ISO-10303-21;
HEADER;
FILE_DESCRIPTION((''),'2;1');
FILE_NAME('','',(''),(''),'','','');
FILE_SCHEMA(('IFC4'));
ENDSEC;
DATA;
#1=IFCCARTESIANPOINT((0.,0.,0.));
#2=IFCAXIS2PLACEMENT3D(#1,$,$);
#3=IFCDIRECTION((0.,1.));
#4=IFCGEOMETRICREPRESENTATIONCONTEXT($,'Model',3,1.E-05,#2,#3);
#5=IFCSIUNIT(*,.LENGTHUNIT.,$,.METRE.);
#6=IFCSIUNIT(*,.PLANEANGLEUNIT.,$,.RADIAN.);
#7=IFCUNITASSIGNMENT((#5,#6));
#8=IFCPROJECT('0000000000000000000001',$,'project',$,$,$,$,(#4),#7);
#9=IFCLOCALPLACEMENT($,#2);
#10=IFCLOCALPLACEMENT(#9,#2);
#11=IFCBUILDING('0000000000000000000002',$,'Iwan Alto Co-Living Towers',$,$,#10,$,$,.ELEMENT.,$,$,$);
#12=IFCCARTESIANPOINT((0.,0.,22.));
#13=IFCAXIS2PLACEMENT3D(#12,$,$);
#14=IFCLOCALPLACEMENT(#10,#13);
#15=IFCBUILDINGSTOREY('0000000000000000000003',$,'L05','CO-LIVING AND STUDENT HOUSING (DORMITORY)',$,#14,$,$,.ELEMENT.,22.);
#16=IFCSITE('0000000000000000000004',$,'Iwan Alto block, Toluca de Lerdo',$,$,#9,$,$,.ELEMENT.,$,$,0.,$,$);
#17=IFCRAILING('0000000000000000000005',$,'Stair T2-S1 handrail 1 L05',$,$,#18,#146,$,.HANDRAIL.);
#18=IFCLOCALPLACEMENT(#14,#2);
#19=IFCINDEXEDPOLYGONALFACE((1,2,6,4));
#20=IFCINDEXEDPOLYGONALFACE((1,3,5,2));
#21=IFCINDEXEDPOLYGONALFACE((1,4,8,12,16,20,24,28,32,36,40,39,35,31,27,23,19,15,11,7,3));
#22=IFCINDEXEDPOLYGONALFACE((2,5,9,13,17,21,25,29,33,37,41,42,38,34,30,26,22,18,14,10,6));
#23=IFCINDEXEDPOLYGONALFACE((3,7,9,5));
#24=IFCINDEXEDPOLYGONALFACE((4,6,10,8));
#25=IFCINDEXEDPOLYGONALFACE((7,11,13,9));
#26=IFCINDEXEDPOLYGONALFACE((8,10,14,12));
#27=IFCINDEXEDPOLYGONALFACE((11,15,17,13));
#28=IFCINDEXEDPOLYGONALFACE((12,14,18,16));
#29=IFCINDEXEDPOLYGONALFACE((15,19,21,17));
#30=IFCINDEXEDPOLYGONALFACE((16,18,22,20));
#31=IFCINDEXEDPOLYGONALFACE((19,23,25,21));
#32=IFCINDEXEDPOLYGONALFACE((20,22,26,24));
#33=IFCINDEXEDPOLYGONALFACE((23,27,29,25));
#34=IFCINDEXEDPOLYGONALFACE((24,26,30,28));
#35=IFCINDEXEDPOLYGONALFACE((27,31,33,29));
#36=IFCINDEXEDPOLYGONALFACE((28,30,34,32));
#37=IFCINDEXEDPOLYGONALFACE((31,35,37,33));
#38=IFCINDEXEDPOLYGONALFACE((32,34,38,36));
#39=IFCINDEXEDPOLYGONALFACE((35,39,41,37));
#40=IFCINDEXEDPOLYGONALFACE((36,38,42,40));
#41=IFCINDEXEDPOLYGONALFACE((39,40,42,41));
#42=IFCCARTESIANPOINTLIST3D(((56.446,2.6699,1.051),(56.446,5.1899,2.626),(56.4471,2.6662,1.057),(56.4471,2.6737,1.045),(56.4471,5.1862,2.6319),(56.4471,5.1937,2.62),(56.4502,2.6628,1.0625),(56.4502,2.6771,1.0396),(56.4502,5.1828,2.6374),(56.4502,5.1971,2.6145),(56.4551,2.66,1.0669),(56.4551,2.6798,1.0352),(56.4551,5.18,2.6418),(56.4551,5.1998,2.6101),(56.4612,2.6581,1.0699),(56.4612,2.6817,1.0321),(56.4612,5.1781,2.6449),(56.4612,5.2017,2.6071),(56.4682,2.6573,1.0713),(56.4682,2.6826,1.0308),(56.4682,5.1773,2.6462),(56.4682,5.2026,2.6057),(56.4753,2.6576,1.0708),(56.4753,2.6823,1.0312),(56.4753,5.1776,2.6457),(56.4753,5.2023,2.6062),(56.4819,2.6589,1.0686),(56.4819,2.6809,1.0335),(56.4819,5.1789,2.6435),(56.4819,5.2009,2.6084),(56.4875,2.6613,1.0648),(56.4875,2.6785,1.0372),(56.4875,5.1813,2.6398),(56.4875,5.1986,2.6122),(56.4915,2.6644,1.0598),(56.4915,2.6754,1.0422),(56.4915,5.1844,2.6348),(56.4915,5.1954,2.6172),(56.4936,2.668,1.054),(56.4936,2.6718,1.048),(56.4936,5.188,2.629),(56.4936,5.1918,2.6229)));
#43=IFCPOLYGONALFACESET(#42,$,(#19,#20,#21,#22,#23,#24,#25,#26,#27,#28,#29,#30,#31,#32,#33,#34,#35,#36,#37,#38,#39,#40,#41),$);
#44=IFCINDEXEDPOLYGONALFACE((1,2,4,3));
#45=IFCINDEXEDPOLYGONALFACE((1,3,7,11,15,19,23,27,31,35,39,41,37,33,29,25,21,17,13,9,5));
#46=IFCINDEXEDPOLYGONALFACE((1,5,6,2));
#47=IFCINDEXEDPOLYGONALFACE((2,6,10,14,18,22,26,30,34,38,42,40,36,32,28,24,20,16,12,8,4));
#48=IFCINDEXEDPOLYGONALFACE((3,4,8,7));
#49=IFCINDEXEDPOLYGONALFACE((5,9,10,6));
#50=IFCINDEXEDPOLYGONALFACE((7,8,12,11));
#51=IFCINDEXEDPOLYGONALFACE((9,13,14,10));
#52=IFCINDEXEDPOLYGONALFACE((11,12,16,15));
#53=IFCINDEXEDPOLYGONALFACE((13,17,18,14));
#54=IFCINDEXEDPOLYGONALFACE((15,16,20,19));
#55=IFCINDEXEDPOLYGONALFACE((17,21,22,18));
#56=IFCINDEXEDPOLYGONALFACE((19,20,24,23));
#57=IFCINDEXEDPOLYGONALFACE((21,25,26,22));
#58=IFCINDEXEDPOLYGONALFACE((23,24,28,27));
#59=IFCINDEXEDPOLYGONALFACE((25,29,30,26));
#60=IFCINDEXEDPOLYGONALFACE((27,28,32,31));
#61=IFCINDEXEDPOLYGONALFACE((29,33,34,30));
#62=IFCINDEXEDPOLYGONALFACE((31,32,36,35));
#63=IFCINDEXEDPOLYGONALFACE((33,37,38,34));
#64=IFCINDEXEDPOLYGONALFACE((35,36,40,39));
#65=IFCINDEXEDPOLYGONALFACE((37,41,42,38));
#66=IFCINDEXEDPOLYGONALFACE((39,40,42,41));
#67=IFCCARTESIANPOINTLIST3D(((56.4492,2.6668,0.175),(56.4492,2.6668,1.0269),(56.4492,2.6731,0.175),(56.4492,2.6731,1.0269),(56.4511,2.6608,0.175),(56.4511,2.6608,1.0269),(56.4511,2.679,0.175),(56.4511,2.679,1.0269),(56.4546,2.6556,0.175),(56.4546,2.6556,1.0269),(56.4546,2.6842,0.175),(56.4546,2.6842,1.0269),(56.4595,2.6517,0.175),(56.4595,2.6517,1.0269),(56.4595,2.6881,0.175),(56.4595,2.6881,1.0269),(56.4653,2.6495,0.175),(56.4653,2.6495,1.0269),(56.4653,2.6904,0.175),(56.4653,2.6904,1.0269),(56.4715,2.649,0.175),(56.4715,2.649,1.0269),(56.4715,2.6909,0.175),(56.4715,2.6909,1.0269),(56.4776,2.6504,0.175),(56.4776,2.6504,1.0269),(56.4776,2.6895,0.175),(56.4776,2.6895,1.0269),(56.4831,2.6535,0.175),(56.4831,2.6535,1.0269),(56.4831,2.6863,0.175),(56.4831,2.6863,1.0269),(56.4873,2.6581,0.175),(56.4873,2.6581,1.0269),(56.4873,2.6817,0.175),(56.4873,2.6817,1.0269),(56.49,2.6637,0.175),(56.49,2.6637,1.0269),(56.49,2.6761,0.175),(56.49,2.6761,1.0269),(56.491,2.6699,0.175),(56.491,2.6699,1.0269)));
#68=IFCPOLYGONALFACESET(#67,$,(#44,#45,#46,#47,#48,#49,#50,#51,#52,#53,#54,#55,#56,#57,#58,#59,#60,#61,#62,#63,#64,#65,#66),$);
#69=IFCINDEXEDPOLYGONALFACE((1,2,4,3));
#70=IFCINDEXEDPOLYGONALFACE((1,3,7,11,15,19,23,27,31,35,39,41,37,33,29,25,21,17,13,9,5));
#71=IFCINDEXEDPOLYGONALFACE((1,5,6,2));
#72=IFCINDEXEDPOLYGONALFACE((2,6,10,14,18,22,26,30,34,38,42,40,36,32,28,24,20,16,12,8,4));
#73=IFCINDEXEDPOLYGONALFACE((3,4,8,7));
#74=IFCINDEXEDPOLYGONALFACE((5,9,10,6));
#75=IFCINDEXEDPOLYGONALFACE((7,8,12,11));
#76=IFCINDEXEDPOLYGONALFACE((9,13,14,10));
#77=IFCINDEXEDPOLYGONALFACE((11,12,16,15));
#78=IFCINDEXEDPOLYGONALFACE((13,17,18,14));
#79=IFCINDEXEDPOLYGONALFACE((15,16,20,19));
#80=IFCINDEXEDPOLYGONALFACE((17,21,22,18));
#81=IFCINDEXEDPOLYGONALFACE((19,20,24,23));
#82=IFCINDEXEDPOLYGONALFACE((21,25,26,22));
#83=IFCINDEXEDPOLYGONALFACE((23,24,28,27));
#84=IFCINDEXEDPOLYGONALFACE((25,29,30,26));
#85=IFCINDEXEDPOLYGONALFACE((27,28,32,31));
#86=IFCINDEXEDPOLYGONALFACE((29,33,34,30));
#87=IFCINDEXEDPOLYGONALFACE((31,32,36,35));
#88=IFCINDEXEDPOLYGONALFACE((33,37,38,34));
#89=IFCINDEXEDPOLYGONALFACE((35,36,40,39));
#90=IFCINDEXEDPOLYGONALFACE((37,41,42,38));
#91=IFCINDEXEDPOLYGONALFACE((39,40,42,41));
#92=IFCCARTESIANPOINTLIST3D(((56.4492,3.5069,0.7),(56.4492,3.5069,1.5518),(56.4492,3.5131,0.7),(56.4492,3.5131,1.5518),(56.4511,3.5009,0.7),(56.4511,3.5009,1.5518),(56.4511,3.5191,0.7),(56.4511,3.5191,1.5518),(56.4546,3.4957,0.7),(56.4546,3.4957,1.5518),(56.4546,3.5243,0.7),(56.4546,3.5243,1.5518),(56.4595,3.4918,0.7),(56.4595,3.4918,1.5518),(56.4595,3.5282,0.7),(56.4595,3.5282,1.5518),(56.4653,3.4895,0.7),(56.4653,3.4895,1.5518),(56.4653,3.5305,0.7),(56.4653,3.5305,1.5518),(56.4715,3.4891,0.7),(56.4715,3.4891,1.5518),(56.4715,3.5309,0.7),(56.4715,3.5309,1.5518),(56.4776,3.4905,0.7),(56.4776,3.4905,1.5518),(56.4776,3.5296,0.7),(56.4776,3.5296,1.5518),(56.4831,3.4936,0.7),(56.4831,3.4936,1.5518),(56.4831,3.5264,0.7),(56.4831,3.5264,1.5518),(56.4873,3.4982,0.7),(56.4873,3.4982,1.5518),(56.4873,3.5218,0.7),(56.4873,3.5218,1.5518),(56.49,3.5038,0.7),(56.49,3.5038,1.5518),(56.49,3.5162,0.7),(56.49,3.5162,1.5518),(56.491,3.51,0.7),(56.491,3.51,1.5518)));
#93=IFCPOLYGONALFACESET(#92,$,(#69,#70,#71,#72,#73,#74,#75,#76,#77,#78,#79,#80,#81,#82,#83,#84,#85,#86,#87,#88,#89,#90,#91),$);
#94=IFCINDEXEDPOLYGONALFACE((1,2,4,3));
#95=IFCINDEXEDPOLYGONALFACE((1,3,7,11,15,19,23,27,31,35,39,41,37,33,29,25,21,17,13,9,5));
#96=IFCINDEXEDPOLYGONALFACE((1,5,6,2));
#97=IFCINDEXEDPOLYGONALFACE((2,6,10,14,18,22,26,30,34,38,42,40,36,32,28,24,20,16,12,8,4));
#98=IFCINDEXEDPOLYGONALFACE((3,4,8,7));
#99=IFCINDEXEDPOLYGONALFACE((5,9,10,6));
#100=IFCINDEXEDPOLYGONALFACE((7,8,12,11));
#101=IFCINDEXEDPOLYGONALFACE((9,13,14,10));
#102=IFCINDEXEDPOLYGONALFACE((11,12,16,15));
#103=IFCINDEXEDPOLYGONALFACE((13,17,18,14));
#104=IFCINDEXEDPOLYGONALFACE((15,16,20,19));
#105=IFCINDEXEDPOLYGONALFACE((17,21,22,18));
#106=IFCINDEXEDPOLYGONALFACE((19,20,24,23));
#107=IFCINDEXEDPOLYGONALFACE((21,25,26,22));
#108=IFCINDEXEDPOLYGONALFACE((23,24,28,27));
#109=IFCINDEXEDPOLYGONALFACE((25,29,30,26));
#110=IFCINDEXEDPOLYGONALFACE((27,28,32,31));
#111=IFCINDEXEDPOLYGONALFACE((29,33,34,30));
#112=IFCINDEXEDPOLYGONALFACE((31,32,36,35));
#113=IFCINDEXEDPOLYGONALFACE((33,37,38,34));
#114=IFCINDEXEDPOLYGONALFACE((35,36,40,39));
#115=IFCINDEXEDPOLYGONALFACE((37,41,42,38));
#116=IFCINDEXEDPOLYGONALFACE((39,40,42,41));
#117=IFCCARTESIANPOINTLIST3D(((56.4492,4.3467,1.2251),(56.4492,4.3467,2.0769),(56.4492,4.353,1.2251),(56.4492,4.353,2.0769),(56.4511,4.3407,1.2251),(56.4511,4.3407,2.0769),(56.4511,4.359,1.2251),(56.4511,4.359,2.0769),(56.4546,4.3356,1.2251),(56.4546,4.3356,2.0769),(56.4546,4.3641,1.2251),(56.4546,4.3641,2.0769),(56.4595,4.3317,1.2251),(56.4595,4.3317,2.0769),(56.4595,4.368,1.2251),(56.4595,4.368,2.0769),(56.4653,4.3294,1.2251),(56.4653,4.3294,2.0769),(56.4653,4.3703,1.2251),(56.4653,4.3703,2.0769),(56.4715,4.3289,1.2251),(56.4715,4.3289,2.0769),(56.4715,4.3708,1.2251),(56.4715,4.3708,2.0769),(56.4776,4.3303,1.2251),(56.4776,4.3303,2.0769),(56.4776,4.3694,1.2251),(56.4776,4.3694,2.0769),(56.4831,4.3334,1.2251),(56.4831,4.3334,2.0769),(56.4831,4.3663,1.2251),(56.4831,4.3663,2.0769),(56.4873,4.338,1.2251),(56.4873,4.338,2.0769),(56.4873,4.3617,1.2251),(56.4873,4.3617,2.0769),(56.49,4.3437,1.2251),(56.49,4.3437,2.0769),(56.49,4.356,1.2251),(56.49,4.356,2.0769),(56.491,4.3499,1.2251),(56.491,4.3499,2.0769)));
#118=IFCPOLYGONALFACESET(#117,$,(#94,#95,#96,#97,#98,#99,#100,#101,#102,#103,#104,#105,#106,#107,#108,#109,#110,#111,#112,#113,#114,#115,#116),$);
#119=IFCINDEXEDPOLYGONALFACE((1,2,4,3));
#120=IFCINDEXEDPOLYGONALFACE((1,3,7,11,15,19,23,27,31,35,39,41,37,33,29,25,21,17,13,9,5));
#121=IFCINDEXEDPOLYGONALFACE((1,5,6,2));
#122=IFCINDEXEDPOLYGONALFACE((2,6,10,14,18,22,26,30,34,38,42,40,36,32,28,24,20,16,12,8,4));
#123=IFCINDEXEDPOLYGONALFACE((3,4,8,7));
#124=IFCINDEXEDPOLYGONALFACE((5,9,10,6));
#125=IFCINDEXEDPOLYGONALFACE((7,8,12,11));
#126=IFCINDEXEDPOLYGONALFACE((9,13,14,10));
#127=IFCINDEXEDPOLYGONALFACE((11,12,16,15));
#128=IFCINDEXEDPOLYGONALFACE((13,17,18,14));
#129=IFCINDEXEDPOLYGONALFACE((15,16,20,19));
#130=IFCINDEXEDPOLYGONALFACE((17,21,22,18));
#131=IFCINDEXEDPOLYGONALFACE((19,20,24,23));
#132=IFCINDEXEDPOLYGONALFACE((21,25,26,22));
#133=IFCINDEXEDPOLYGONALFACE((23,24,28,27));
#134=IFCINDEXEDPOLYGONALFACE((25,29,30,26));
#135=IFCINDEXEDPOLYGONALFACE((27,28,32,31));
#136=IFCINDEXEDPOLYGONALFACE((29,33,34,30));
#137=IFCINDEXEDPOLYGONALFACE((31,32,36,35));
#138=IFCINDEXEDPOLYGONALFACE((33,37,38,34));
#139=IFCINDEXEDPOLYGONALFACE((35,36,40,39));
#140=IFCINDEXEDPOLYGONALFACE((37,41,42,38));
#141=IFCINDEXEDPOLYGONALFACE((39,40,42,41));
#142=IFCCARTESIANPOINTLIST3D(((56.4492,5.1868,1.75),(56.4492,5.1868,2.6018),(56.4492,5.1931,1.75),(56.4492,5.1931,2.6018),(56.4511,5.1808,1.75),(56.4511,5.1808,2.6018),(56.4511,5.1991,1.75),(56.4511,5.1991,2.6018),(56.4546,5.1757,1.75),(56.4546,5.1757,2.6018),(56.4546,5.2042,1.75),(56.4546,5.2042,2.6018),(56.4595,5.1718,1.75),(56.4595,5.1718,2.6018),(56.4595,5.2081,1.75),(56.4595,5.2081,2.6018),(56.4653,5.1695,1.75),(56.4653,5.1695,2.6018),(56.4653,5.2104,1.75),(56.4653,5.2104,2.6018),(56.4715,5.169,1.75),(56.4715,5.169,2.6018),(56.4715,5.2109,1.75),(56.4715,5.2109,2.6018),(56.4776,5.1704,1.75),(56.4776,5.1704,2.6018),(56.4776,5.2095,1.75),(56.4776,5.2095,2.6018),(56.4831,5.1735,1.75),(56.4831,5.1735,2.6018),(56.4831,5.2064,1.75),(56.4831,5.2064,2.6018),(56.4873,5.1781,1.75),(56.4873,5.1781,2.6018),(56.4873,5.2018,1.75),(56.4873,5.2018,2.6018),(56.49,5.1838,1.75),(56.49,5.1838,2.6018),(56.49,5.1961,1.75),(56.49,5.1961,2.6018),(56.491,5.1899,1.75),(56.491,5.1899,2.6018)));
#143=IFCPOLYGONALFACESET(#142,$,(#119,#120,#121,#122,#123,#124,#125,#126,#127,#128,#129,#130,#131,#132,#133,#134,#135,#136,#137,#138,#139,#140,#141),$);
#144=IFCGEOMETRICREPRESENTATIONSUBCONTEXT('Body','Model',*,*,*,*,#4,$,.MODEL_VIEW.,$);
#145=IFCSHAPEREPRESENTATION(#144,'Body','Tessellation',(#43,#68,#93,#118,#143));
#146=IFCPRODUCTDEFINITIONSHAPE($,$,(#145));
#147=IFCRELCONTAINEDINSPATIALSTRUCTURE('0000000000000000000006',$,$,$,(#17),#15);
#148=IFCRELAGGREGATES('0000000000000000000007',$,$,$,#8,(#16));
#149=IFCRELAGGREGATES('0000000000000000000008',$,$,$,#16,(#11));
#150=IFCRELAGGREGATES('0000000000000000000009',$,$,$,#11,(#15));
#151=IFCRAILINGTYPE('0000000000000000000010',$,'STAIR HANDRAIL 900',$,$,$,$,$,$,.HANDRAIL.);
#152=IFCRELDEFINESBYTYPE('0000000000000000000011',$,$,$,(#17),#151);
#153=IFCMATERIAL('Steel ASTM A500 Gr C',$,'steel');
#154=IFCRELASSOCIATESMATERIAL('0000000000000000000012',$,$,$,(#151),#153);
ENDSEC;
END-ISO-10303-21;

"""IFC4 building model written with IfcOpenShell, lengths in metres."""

from ifc_helpers import new_model, si_unit, direction, frame, origin, origin_2d, place, context, subcontext, project, spatial, circle, extrude, material, type_object, element, save


model = new_model("IFC4")

# Units and contexts
model_context = context("Model", 3, precision=1e-05, world=origin(), true_north=direction((0.0, 1.0)))
body_context = subcontext(model_context, "Body", "Model", "MODEL_VIEW")
ifc_project = project(units=[si_unit("LENGTHUNIT", "METRE"), si_unit("PLANEANGLEUNIT", "RADIAN")], contexts=[model_context])

# Site, building, storey
site_placement = place(None, origin())
site = spatial("IfcSite", under=ifc_project, at=site_placement, Name="Iwan Alto block, Toluca de Lerdo", CompositionType="ELEMENT", RefElevation=0.0)
building_placement = place(site_placement, origin())
building = spatial("IfcBuilding", under=site, at=building_placement, Name="Iwan Alto Co-Living Towers", CompositionType="ELEMENT")
storey_placement = place(building_placement, frame((0.0, 0.0, 22.0)))
storey = spatial("IfcBuildingStorey", under=building, at=storey_placement, Name="L05", Description="CO-LIVING AND STUDENT HOUSING (DORMITORY)", CompositionType="ELEMENT", Elevation=22.0)

# Railing
ifc_material_1 = material(Name="Steel ASTM A500 Gr C", Category="steel")
railing_type_1 = type_object("IfcRailingType", Name="STAIR HANDRAIL 900", PredefinedType="HANDRAIL", material=ifc_material_1)
railing_1_placement = place(storey_placement, frame((56.47, 2.6699, 0.175)))
element("IfcRailing", 1, at=railing_1_placement, inside=storey, type_object=railing_type_1, Name="Stair T2-S1 handrail 1 L05", PredefinedType="HANDRAIL", context=body_context, shape_type="SweptSolid", body=[
    extrude(circle(Radius=0.0239, at=origin_2d()), frame((0.0, 0.0, 0.876), z_axis=(0.0, 0.848008, 0.529984), x_axis=(-1.0, 0.0, 0.0)), (0.0, 0.0, 1.0), 2.9717),
    extrude(circle(Radius=0.021, at=origin_2d()), origin(), (0.0, 0.0, 1.0), 0.8518),
    extrude(circle(Radius=0.021, at=origin_2d()), frame((0.0, 0.8401, 0.5249)), (0.0, 0.0, 1.0), 0.8518),
    extrude(circle(Radius=0.021, at=origin_2d()), frame((0.0, 1.6799, 1.05)), (0.0, 0.0, 1.0), 0.8518),
    extrude(circle(Radius=0.021, at=origin_2d()), frame((0.0, 2.52, 1.575)), (0.0, 0.0, 1.0), 0.8518),
])

save(model, "model.ifc")
